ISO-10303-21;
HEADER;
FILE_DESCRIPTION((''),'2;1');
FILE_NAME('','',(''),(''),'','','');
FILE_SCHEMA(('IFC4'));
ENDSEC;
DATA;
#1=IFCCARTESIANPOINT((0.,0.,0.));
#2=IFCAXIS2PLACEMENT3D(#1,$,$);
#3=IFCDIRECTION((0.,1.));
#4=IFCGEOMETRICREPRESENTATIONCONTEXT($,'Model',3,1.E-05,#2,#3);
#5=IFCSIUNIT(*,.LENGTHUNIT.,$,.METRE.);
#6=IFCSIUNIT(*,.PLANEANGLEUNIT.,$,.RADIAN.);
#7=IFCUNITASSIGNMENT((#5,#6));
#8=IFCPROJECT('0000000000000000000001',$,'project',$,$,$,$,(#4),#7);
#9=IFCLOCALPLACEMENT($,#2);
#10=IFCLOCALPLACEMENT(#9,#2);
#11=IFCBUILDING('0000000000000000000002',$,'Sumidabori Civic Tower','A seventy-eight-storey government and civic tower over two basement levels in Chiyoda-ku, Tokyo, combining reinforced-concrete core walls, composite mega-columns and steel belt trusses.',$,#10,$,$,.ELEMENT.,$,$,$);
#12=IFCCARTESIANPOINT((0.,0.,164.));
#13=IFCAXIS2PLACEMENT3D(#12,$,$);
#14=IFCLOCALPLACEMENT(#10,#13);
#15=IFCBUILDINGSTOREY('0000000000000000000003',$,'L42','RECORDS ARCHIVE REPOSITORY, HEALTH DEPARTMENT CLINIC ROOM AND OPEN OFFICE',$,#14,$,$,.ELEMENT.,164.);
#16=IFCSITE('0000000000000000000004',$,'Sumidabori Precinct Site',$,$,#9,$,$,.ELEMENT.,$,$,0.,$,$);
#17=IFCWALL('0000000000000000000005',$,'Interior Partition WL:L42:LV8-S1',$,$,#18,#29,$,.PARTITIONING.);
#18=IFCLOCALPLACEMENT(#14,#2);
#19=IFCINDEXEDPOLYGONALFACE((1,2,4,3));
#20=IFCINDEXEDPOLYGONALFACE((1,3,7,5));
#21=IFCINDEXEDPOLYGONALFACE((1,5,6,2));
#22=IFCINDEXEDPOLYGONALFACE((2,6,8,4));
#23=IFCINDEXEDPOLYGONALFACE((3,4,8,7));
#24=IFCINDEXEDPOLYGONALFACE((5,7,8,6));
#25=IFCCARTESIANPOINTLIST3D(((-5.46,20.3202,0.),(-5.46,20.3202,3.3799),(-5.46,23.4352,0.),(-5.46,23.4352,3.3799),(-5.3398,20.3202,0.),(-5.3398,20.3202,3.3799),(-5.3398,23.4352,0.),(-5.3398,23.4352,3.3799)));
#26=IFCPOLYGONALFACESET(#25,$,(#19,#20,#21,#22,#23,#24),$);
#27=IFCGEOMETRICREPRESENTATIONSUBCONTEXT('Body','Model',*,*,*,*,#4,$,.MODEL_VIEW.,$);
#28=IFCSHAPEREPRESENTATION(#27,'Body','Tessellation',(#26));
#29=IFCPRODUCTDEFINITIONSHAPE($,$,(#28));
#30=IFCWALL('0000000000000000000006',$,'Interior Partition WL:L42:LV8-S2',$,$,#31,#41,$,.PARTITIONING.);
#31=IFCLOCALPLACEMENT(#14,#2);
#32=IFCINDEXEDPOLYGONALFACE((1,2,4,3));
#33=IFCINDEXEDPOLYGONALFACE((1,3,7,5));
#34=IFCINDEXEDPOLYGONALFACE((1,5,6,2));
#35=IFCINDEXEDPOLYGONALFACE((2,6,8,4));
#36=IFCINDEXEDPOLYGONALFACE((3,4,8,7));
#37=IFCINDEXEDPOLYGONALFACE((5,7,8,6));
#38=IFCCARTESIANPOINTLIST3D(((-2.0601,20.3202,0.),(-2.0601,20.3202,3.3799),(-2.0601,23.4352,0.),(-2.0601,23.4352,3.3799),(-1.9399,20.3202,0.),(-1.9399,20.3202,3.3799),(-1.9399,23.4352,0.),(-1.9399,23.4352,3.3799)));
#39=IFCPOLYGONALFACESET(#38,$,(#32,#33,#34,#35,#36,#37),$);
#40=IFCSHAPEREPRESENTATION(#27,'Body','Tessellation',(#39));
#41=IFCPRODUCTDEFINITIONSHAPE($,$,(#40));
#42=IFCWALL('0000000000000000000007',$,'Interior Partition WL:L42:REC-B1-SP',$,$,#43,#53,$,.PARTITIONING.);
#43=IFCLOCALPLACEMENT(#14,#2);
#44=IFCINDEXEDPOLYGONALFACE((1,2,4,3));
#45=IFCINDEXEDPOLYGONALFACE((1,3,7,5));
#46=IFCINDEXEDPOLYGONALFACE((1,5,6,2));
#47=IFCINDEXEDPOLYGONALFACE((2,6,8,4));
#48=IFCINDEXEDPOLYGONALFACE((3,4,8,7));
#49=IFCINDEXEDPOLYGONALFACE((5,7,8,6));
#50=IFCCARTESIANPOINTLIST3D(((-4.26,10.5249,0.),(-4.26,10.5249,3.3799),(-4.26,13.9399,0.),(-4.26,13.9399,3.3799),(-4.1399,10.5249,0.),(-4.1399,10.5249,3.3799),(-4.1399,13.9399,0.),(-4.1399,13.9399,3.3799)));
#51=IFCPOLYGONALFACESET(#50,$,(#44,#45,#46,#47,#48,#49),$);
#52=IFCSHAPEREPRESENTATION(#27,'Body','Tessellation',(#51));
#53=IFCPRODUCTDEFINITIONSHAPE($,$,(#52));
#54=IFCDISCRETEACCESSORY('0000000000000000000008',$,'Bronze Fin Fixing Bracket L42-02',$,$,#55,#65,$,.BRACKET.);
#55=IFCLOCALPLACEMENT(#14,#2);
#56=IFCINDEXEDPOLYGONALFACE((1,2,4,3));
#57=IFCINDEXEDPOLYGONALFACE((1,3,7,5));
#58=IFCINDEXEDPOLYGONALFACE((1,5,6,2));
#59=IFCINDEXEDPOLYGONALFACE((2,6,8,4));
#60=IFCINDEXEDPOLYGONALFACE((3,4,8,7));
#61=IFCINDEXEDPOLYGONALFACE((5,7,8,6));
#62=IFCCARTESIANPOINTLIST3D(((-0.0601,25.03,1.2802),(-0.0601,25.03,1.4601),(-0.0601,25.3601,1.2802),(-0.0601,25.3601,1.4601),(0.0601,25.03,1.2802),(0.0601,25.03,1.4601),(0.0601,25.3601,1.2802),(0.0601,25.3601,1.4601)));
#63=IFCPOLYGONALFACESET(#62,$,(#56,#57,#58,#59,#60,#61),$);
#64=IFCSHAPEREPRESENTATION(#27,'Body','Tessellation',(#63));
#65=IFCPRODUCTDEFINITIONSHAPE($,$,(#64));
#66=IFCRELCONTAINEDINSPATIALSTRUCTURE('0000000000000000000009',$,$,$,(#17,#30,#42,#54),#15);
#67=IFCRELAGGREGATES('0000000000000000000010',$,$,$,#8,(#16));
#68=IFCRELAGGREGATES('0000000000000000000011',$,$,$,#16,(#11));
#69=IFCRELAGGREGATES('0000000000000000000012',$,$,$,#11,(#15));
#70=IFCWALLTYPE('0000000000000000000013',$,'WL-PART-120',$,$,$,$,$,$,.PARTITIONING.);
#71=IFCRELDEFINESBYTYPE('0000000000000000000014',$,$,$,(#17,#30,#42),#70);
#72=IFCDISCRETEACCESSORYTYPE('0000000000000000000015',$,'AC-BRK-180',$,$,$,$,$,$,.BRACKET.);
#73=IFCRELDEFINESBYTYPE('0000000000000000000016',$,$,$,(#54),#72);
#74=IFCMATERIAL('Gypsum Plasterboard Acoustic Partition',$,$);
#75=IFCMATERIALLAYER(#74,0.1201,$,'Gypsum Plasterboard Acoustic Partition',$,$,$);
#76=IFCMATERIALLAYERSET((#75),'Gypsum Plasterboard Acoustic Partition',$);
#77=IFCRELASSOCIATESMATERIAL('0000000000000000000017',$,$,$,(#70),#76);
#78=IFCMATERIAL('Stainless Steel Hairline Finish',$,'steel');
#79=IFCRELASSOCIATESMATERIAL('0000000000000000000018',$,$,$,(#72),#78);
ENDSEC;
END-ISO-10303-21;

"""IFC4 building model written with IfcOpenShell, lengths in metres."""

from ifc_helpers import new_model, si_unit, direction, frame, frame_2d, origin, origin_2d, place, context, subcontext, project, spatial, rectangle, extrude, source, transform, mapped, material, layer, layer_set, material_profile, profile_set, type_object, element, save


model = new_model("IFC4")

# Units and contexts
model_context = context("Model", 3, precision=1e-05, world=origin(), true_north=direction((0.0, 1.0)))
body_context = subcontext(model_context, "Body", "Model", "MODEL_VIEW")
ifc_project = project(units=[si_unit("LENGTHUNIT", "METRE"), si_unit("PLANEANGLEUNIT", "RADIAN")], contexts=[model_context])

# Site, building, storey
site_placement = place(None, origin())
site = spatial("IfcSite", under=ifc_project, at=site_placement, Name="Sumidabori Precinct Site", CompositionType="ELEMENT", RefElevation=0.0)
building_placement = place(site_placement, origin())
building = spatial("IfcBuilding", under=site, at=building_placement, Name="Sumidabori Civic Tower", Description="A seventy-eight-storey government and civic tower over two basement levels in Chiyoda-ku, Tokyo, combining reinforced-concrete core walls, composite mega-columns and steel belt trusses.", CompositionType="ELEMENT")
storey_placement = place(building_placement, frame((0.0, 0.0, 164.0)))
storey = spatial("IfcBuildingStorey", under=building, at=storey_placement, Name="L42", Description="RECORDS ARCHIVE REPOSITORY, HEALTH DEPARTMENT CLINIC ROOM AND OPEN OFFICE", CompositionType="ELEMENT", Elevation=164.0)

# Shared definitions
ifc_material_1 = material(Name="Stainless Steel Hairline Finish", Category="steel")

# Shared definitions
ifc_material_2 = material(Name="Gypsum Plasterboard Acoustic Partition")

# Walls
ifc_layer_1 = layer(ifc_material_2, 0.1201, Name="Gypsum Plasterboard Acoustic Partition")
ifc_layer_set_1 = layer_set([ifc_layer_1], Name="Gypsum Plasterboard Acoustic Partition")
wall_type_1 = type_object("IfcWallType", Name="WL-PART-120", PredefinedType="PARTITIONING", material=ifc_layer_set_1)
shared_shape_1 = source(origin(), body_context, "Body", "SweptSolid", [
    extrude(rectangle(XDim=3.115, YDim=0.1201, at=frame_2d((1.5576, 0.0))), origin(), (0.0, 0.0, 1.0), 3.3799),
])
for number, where, z_axis, x_axis, name in (
    (1, (-5.3999, 20.3201, 0.0), (0.0, 0.0, 1.0), (0.0, 1.0, 0.0), "Interior Partition WL:L42:LV8-S1"),
    (2, (-2.0, 20.3201, 0.0), (0.0, 0.0, 1.0), (0.0, 1.0, 0.0), "Interior Partition WL:L42:LV8-S2"),
):
    element("IfcWall", number, at=place(storey_placement, frame(where, z_axis=z_axis, x_axis=x_axis)), inside=storey, type_object=wall_type_1, Name=name, PredefinedType="PARTITIONING", context=body_context, shape_type="MappedRepresentation", body=[
        mapped(shared_shape_1, transform((0.0, 0.0, 0.0), x_axis=(1.0, 0.0, 0.0), y_axis=(0.0, 1.0, 0.0), z_axis=(0.0, 0.0, 1.0), scale=1.0)),
    ])
shared_shape_2 = source(origin(), body_context, "Body", "SweptSolid", [
    extrude(rectangle(XDim=3.415, YDim=0.1201, at=frame_2d((1.7075, 0.0))), origin(), (0.0, 0.0, 1.0), 3.3799),
])
wall_1_placement = place(storey_placement, frame((-4.2, 10.5249, 0.0), z_axis=(0.0, 0.0, 1.0), x_axis=(0.0, 1.0, 0.0)))
element("IfcWall", 3, at=wall_1_placement, inside=storey, type_object=wall_type_1, Name="Interior Partition WL:L42:REC-B1-SP", PredefinedType="PARTITIONING", context=body_context, shape_type="MappedRepresentation", body=[
    mapped(shared_shape_2, transform((0.0, 0.0, 0.0), x_axis=(1.0, 0.0, 0.0), y_axis=(0.0, 1.0, 0.0), z_axis=(0.0, 0.0, 1.0), scale=1.0)),
])

# Discrete accessory
ifc_material_profile_1 = material_profile(ifc_material_1, rectangle(XDim=0.1201, YDim=0.1799, at=origin_2d()), Name="STEEL BRACKET 180x120")
ifc_profile_set_1 = profile_set([ifc_material_profile_1], Name="Stainless Steel Hairline Finish")
discrete_accessory_type = type_object("IfcDiscreteAccessoryType", Name="AC-BRK-180", PredefinedType="BRACKET", material=ifc_profile_set_1)
shared_shape_3 = source(origin(), body_context, "Body", "SweptSolid", [
    extrude(rectangle(XDim=0.1201, YDim=0.1799, at=origin_2d()), origin(), (0.0, 0.0, 1.0), 0.3301),
])
discrete_accessory_placement = place(storey_placement, frame((0.0, 25.03, 1.3701), z_axis=(0.0, 1.0, 0.0), x_axis=(-1.0, 0.0, 0.0)))
element("IfcDiscreteAccessory", 4, at=discrete_accessory_placement, inside=storey, type_object=discrete_accessory_type, Name="Bronze Fin Fixing Bracket L42-02", PredefinedType="BRACKET", context=body_context, shape_type="MappedRepresentation", body=[
    mapped(shared_shape_3, transform((0.0, 0.0, 0.0), x_axis=(1.0, 0.0, 0.0), y_axis=(0.0, 1.0, 0.0), z_axis=(0.0, 0.0, 1.0), scale=1.0)),
])

save(model, "model.ifc")
